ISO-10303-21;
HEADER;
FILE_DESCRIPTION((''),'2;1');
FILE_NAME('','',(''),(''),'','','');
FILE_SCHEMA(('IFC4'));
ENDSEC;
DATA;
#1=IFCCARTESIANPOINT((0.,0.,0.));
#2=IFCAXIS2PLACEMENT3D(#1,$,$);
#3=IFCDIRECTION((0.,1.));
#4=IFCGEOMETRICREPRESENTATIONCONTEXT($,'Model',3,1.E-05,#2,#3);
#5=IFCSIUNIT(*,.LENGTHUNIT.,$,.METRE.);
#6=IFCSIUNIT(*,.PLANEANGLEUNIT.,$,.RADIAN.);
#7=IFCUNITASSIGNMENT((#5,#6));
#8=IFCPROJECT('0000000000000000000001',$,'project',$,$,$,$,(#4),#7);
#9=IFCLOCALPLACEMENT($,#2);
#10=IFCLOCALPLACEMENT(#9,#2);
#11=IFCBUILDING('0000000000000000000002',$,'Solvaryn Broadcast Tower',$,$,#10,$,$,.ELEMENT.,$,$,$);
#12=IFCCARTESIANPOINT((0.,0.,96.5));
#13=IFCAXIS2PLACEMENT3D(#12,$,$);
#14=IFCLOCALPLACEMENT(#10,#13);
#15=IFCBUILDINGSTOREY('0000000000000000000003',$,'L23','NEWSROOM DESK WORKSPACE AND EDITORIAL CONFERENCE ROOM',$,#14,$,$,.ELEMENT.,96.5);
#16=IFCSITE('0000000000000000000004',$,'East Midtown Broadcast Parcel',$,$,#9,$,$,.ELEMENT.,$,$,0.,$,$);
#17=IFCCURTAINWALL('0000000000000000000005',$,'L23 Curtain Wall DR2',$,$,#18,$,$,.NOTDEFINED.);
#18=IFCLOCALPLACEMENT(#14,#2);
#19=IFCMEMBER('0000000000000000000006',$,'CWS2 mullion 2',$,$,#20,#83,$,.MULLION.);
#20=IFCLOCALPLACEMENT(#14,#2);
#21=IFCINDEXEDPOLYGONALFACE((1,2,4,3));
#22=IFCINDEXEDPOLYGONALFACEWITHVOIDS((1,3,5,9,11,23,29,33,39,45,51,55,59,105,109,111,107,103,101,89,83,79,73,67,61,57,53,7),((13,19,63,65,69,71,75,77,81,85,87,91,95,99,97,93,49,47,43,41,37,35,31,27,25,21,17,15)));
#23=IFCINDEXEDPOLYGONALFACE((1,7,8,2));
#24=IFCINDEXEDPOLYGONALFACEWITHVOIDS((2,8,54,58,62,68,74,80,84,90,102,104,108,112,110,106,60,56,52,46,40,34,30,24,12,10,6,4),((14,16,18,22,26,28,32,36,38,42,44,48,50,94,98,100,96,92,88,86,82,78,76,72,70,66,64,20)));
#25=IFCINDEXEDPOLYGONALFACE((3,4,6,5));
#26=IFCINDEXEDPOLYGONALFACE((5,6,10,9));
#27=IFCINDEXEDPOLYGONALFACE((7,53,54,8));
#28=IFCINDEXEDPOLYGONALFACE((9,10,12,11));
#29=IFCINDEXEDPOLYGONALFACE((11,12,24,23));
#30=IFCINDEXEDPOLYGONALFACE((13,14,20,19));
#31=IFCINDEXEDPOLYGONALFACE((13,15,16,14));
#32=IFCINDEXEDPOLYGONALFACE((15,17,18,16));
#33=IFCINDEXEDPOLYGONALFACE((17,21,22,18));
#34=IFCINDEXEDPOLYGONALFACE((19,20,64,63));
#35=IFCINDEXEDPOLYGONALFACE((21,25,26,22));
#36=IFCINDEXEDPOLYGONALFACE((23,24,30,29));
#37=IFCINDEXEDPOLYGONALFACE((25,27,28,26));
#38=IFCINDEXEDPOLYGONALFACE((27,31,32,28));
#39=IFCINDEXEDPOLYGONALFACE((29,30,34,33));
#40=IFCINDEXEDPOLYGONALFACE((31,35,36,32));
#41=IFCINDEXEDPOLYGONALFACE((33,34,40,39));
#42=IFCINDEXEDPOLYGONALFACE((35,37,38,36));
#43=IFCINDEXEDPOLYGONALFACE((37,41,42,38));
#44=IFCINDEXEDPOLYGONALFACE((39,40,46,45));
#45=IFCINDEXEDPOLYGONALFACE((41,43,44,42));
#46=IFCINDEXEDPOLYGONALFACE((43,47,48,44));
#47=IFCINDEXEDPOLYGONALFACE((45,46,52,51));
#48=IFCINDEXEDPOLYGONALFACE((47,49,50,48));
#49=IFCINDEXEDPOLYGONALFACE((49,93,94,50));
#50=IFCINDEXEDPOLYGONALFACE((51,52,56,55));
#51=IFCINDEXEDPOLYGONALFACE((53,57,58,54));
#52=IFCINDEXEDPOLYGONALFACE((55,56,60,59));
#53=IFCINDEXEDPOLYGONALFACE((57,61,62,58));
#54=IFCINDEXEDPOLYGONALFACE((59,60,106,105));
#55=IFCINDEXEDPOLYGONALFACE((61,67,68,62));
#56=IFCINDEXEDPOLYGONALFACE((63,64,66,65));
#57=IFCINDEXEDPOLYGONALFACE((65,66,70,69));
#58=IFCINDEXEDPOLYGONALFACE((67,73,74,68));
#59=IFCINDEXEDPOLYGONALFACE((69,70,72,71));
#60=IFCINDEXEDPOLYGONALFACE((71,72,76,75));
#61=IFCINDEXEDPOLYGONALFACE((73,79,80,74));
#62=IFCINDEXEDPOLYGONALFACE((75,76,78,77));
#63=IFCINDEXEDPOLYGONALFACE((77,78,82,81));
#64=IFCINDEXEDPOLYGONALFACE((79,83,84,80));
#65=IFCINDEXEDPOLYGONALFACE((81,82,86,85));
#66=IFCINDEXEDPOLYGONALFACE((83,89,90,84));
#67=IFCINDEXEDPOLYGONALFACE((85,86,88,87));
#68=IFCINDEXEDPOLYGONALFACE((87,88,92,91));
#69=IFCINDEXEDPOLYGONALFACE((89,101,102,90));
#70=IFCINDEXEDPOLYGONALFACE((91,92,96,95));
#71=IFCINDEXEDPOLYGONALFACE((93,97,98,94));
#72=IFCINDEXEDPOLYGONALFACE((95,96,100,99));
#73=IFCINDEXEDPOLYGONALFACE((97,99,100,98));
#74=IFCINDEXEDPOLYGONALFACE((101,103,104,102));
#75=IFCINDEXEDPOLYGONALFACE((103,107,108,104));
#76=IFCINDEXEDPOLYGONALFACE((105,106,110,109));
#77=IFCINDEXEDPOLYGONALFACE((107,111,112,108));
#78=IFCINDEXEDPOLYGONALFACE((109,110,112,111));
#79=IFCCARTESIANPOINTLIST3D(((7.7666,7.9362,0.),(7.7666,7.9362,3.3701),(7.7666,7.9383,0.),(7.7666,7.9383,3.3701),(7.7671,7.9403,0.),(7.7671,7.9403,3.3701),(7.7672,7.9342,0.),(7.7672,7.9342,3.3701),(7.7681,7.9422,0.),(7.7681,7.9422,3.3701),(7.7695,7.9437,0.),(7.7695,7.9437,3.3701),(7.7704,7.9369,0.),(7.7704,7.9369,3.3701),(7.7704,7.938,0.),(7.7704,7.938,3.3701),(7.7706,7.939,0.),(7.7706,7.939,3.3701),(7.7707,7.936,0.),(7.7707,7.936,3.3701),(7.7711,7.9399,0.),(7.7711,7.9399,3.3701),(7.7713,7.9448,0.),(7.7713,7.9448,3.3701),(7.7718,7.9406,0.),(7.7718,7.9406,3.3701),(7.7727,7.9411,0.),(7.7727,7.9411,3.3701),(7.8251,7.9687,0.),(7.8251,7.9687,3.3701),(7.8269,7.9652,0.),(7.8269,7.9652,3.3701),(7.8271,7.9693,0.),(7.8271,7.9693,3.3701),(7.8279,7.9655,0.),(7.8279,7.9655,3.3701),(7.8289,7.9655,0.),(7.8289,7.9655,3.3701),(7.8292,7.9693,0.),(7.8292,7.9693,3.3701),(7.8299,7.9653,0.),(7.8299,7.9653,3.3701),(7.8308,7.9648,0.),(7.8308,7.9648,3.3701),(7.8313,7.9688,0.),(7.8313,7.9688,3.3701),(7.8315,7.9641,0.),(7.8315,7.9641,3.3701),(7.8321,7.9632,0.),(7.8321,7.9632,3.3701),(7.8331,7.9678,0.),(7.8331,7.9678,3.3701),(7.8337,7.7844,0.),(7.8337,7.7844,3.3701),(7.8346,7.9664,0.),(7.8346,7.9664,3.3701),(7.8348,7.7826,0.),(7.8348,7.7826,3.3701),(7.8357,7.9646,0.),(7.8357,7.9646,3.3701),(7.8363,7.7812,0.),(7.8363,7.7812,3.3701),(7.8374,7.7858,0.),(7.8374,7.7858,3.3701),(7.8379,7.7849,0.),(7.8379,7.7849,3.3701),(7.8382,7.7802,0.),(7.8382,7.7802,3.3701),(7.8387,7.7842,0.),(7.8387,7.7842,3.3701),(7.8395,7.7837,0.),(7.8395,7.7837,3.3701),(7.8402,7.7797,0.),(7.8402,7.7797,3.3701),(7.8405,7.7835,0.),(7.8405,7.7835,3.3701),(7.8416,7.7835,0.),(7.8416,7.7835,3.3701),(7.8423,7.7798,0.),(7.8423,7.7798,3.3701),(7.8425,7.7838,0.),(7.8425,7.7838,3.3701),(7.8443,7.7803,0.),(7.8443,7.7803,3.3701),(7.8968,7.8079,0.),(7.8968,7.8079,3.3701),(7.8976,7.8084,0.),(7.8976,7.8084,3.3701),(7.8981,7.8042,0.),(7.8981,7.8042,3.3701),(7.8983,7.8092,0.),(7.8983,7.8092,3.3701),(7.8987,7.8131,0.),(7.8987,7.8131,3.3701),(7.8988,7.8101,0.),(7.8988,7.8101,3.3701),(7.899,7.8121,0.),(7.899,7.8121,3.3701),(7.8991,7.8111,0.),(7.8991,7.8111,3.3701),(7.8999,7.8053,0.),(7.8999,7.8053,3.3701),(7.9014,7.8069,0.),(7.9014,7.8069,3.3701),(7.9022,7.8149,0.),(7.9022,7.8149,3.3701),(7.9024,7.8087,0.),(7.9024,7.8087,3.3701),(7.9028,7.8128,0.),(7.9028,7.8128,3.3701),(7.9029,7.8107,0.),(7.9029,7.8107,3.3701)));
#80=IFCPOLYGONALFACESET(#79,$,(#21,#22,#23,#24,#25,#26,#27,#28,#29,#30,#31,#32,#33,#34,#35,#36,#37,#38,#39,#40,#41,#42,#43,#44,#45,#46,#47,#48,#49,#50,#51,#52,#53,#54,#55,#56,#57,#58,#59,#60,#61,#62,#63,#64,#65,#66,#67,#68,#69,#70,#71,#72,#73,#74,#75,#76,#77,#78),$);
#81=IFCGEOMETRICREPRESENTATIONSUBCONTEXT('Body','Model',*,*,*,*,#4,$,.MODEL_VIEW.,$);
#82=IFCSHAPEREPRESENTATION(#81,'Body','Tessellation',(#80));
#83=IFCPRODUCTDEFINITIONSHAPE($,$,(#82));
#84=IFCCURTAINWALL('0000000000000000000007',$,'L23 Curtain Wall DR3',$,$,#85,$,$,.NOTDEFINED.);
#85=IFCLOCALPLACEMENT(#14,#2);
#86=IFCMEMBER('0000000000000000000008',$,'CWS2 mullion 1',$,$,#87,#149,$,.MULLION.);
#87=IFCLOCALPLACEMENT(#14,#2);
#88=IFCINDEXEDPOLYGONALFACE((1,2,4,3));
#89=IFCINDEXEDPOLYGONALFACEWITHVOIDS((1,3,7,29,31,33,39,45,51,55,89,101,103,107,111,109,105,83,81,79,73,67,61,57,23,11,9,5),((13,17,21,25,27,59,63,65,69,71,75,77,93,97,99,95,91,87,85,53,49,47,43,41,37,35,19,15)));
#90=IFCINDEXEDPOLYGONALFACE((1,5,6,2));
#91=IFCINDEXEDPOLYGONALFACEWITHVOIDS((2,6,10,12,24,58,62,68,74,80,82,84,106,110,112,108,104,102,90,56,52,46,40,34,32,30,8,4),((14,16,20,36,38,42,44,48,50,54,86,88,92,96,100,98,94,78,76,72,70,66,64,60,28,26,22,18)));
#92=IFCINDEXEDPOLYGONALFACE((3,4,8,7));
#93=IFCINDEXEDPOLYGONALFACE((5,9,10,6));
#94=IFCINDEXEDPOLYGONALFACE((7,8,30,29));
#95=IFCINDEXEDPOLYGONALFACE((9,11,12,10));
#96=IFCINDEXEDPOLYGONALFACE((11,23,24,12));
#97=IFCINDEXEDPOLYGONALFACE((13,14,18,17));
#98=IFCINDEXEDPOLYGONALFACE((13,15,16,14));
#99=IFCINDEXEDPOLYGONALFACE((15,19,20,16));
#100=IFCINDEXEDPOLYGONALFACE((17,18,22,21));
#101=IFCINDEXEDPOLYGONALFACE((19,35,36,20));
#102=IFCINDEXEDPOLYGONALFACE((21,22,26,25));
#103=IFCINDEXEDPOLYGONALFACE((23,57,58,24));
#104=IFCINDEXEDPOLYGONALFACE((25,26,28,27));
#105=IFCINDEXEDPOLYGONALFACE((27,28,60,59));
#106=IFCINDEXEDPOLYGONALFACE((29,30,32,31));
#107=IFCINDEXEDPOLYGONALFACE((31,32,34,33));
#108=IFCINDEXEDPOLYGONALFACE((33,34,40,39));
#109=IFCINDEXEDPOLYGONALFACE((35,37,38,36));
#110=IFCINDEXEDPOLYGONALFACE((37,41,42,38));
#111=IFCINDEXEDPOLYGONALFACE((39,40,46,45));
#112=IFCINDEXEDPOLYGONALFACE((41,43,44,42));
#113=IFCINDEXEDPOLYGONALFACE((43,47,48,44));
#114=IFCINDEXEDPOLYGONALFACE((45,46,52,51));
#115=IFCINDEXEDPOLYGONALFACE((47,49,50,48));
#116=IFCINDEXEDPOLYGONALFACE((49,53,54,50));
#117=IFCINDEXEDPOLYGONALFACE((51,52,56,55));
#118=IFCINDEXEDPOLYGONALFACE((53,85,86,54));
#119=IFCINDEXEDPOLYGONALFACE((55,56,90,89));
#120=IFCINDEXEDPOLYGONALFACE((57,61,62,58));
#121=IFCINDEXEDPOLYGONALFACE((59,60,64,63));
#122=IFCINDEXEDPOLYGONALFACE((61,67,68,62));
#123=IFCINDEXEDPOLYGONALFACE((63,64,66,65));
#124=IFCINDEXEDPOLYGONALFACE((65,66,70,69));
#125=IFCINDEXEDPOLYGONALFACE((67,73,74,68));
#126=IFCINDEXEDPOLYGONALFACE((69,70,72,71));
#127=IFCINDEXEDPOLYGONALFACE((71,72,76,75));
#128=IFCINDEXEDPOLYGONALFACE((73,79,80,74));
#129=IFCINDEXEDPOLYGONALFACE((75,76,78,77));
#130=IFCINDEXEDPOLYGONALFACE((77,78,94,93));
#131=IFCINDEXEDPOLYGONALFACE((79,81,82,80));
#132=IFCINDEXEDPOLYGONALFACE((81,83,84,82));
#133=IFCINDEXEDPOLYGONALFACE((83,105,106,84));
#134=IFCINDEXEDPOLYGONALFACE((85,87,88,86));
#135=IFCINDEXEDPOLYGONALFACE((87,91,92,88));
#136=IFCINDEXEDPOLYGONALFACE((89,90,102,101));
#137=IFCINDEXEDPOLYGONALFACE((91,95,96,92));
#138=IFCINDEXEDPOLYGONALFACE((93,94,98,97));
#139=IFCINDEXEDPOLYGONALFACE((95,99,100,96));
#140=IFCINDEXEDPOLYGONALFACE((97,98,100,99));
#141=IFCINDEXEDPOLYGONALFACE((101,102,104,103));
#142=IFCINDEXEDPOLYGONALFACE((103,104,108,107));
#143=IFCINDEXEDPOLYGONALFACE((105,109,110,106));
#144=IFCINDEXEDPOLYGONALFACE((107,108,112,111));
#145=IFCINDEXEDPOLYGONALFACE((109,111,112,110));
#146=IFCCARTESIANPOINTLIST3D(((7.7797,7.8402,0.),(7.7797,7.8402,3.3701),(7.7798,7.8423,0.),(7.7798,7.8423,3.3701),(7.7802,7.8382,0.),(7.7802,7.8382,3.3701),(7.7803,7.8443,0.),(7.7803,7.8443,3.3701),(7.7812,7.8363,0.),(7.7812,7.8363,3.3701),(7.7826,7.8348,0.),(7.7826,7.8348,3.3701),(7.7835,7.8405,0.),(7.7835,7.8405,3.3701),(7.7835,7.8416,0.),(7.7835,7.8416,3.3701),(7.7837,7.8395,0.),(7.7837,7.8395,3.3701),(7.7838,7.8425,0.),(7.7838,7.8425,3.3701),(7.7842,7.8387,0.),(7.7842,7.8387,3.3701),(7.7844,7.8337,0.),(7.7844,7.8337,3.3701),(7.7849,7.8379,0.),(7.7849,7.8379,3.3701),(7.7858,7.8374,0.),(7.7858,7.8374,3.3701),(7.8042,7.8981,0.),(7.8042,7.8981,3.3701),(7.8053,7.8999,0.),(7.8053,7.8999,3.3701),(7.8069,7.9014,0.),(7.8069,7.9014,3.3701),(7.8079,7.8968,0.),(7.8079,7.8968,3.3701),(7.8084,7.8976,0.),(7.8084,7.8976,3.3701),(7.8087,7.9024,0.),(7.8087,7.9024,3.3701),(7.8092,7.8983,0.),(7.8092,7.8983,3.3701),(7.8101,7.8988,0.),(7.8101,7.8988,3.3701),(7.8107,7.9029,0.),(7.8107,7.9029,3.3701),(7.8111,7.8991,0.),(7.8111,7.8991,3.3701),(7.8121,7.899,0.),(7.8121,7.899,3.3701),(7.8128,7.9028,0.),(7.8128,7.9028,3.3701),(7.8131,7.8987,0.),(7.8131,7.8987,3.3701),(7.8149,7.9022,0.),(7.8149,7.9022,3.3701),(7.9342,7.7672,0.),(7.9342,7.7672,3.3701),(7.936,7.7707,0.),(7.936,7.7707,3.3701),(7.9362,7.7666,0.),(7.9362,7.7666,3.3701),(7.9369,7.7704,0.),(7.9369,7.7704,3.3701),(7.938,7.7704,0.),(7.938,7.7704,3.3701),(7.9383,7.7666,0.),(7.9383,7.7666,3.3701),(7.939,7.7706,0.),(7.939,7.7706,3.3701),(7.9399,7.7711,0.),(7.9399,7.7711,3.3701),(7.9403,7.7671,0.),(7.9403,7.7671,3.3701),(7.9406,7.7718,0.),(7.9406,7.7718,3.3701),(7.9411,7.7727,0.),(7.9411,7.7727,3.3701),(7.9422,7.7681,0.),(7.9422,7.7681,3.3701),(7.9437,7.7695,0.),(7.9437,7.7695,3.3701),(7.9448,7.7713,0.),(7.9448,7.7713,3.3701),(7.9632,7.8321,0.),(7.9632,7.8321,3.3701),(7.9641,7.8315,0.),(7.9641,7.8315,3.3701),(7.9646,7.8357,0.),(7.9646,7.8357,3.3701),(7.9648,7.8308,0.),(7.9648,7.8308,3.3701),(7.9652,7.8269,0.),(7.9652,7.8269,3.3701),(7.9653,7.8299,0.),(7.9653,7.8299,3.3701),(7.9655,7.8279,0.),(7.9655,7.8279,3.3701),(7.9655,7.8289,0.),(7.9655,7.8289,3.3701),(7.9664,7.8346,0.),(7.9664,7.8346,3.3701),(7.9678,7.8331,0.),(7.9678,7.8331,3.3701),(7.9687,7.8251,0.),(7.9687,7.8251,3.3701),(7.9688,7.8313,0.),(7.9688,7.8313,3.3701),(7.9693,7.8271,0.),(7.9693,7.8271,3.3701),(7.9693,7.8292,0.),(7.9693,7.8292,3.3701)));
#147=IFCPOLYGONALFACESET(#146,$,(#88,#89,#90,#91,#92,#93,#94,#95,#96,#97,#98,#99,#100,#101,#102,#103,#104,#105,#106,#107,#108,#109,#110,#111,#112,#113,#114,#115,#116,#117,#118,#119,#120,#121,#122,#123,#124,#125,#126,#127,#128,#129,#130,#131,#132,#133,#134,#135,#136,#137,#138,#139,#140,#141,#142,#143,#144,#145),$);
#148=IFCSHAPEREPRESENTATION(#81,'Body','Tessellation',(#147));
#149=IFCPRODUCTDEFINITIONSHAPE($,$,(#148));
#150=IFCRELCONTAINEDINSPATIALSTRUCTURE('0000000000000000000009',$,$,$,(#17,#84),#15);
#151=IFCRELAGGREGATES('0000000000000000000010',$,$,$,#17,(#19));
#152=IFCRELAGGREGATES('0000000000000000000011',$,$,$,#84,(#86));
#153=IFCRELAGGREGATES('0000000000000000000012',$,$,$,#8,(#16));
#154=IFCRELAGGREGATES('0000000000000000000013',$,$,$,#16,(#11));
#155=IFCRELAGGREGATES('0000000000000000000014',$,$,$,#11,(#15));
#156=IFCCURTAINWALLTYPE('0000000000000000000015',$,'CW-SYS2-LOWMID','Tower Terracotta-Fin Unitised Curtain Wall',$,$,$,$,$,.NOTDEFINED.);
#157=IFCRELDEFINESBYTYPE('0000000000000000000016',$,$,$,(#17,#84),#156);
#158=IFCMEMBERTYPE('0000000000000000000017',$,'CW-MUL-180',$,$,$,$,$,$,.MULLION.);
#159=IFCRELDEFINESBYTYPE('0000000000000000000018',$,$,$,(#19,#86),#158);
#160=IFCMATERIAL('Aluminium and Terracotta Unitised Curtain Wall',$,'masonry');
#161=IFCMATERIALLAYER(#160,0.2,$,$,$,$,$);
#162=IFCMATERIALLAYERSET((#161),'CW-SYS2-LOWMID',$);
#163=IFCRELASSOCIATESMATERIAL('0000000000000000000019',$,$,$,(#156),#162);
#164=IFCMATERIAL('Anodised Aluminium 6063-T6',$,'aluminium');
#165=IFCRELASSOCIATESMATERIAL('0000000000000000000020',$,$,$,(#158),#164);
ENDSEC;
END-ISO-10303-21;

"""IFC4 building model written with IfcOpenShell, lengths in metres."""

from ifc_helpers import new_model, si_unit, direction, frame, origin, origin_2d, place, context, subcontext, project, spatial, hollow_rectangle, extrude, material, layer, layer_set, material_profile, profile_set, type_object, element, aggregate, save


model = new_model("IFC4")

# Units and contexts
model_context = context("Model", 3, precision=1e-05, world=origin(), true_north=direction((0.0, 1.0)))
body_context = subcontext(model_context, "Body", "Model", "MODEL_VIEW")
ifc_project = project(units=[si_unit("LENGTHUNIT", "METRE"), si_unit("PLANEANGLEUNIT", "RADIAN")], contexts=[model_context])

# Site, building, storey
site_placement = place(None, origin())
site = spatial("IfcSite", under=ifc_project, at=site_placement, Name="East Midtown Broadcast Parcel", CompositionType="ELEMENT", RefElevation=0.0)
building_placement = place(site_placement, origin())
building = spatial("IfcBuilding", under=site, at=building_placement, Name="Solvaryn Broadcast Tower", CompositionType="ELEMENT")
storey_placement = place(building_placement, frame((0.0, 0.0, 96.5)))
storey = spatial("IfcBuildingStorey", under=building, at=storey_placement, Name="L23", Description="NEWSROOM DESK WORKSPACE AND EDITORIAL CONFERENCE ROOM", CompositionType="ELEMENT", Elevation=96.5)

# Curtain wall, member
ifc_material_1 = material(Name="Aluminium and Terracotta Unitised Curtain Wall", Category="masonry")
ifc_layer_1 = layer(ifc_material_1, 0.2)
ifc_layer_set_1 = layer_set([ifc_layer_1], Name="CW-SYS2-LOWMID")
curtain_wall_type = type_object("IfcCurtainWallType", Name="CW-SYS2-LOWMID", Description="Tower Terracotta-Fin Unitised Curtain Wall", PredefinedType="NOTDEFINED", material=ifc_layer_set_1)
curtain_wall_1_placement = place(storey_placement, origin())
curtain_wall_1 = element("IfcCurtainWall", 1, at=curtain_wall_1_placement, inside=storey, type_object=curtain_wall_type, Name="L23 Curtain Wall DR2", PredefinedType="NOTDEFINED")
ifc_material_2 = material(Name="Anodised Aluminium 6063-T6", Category="aluminium")
ifc_material_profile_1 = material_profile(ifc_material_2, hollow_rectangle(XDim=0.075, YDim=0.1799, WallThickness=0.0039, InnerFilletRadius=0.0039, OuterFilletRadius=0.0081, at=origin_2d()))
ifc_profile_set_1 = profile_set([ifc_material_profile_1], Name="Anodised Aluminium 6063-T6")
member_type_1 = type_object("IfcMemberType", Name="CW-MUL-180", PredefinedType="MULLION", material=ifc_profile_set_1)
member_1_placement = place(storey_placement, frame((7.8347, 7.8745, 0.0), z_axis=(0.0, 0.0, 1.0), x_axis=(0.913918, 0.405898, 0.0)))
member_1 = element("IfcMember", 2, at=member_1_placement, type_object=member_type_1, Name="CWS2 mullion 2", PredefinedType="MULLION", context=body_context, shape_type="SweptSolid", body=[
    extrude(hollow_rectangle(XDim=0.075, YDim=0.1799, WallThickness=0.0039, InnerFilletRadius=0.0039, OuterFilletRadius=0.0081, at=origin_2d()), origin(), (0.0, 0.0, 1.0), 3.3701),
])
aggregate(curtain_wall_1, [member_1])

# Curtain wall, member
curtain_wall_2_placement = place(storey_placement, origin())
curtain_wall_2 = element("IfcCurtainWall", 3, at=curtain_wall_2_placement, inside=storey, type_object=curtain_wall_type, Name="L23 Curtain Wall DR3", PredefinedType="NOTDEFINED")
member_2_placement = place(storey_placement, frame((7.8745, 7.8347, 0.0), z_axis=(0.0, 0.0, 1.0), x_axis=(0.405898, 0.913918, 0.0)))
member_2 = element("IfcMember", 4, at=member_2_placement, type_object=member_type_1, Name="CWS2 mullion 1", PredefinedType="MULLION", context=body_context, shape_type="SweptSolid", body=[
    extrude(hollow_rectangle(XDim=0.075, YDim=0.1799, WallThickness=0.0039, InnerFilletRadius=0.0039, OuterFilletRadius=0.0081, at=origin_2d()), origin(), (0.0, 0.0, 1.0), 3.3701),
])
aggregate(curtain_wall_2, [member_2])

save(model, "model.ifc")
